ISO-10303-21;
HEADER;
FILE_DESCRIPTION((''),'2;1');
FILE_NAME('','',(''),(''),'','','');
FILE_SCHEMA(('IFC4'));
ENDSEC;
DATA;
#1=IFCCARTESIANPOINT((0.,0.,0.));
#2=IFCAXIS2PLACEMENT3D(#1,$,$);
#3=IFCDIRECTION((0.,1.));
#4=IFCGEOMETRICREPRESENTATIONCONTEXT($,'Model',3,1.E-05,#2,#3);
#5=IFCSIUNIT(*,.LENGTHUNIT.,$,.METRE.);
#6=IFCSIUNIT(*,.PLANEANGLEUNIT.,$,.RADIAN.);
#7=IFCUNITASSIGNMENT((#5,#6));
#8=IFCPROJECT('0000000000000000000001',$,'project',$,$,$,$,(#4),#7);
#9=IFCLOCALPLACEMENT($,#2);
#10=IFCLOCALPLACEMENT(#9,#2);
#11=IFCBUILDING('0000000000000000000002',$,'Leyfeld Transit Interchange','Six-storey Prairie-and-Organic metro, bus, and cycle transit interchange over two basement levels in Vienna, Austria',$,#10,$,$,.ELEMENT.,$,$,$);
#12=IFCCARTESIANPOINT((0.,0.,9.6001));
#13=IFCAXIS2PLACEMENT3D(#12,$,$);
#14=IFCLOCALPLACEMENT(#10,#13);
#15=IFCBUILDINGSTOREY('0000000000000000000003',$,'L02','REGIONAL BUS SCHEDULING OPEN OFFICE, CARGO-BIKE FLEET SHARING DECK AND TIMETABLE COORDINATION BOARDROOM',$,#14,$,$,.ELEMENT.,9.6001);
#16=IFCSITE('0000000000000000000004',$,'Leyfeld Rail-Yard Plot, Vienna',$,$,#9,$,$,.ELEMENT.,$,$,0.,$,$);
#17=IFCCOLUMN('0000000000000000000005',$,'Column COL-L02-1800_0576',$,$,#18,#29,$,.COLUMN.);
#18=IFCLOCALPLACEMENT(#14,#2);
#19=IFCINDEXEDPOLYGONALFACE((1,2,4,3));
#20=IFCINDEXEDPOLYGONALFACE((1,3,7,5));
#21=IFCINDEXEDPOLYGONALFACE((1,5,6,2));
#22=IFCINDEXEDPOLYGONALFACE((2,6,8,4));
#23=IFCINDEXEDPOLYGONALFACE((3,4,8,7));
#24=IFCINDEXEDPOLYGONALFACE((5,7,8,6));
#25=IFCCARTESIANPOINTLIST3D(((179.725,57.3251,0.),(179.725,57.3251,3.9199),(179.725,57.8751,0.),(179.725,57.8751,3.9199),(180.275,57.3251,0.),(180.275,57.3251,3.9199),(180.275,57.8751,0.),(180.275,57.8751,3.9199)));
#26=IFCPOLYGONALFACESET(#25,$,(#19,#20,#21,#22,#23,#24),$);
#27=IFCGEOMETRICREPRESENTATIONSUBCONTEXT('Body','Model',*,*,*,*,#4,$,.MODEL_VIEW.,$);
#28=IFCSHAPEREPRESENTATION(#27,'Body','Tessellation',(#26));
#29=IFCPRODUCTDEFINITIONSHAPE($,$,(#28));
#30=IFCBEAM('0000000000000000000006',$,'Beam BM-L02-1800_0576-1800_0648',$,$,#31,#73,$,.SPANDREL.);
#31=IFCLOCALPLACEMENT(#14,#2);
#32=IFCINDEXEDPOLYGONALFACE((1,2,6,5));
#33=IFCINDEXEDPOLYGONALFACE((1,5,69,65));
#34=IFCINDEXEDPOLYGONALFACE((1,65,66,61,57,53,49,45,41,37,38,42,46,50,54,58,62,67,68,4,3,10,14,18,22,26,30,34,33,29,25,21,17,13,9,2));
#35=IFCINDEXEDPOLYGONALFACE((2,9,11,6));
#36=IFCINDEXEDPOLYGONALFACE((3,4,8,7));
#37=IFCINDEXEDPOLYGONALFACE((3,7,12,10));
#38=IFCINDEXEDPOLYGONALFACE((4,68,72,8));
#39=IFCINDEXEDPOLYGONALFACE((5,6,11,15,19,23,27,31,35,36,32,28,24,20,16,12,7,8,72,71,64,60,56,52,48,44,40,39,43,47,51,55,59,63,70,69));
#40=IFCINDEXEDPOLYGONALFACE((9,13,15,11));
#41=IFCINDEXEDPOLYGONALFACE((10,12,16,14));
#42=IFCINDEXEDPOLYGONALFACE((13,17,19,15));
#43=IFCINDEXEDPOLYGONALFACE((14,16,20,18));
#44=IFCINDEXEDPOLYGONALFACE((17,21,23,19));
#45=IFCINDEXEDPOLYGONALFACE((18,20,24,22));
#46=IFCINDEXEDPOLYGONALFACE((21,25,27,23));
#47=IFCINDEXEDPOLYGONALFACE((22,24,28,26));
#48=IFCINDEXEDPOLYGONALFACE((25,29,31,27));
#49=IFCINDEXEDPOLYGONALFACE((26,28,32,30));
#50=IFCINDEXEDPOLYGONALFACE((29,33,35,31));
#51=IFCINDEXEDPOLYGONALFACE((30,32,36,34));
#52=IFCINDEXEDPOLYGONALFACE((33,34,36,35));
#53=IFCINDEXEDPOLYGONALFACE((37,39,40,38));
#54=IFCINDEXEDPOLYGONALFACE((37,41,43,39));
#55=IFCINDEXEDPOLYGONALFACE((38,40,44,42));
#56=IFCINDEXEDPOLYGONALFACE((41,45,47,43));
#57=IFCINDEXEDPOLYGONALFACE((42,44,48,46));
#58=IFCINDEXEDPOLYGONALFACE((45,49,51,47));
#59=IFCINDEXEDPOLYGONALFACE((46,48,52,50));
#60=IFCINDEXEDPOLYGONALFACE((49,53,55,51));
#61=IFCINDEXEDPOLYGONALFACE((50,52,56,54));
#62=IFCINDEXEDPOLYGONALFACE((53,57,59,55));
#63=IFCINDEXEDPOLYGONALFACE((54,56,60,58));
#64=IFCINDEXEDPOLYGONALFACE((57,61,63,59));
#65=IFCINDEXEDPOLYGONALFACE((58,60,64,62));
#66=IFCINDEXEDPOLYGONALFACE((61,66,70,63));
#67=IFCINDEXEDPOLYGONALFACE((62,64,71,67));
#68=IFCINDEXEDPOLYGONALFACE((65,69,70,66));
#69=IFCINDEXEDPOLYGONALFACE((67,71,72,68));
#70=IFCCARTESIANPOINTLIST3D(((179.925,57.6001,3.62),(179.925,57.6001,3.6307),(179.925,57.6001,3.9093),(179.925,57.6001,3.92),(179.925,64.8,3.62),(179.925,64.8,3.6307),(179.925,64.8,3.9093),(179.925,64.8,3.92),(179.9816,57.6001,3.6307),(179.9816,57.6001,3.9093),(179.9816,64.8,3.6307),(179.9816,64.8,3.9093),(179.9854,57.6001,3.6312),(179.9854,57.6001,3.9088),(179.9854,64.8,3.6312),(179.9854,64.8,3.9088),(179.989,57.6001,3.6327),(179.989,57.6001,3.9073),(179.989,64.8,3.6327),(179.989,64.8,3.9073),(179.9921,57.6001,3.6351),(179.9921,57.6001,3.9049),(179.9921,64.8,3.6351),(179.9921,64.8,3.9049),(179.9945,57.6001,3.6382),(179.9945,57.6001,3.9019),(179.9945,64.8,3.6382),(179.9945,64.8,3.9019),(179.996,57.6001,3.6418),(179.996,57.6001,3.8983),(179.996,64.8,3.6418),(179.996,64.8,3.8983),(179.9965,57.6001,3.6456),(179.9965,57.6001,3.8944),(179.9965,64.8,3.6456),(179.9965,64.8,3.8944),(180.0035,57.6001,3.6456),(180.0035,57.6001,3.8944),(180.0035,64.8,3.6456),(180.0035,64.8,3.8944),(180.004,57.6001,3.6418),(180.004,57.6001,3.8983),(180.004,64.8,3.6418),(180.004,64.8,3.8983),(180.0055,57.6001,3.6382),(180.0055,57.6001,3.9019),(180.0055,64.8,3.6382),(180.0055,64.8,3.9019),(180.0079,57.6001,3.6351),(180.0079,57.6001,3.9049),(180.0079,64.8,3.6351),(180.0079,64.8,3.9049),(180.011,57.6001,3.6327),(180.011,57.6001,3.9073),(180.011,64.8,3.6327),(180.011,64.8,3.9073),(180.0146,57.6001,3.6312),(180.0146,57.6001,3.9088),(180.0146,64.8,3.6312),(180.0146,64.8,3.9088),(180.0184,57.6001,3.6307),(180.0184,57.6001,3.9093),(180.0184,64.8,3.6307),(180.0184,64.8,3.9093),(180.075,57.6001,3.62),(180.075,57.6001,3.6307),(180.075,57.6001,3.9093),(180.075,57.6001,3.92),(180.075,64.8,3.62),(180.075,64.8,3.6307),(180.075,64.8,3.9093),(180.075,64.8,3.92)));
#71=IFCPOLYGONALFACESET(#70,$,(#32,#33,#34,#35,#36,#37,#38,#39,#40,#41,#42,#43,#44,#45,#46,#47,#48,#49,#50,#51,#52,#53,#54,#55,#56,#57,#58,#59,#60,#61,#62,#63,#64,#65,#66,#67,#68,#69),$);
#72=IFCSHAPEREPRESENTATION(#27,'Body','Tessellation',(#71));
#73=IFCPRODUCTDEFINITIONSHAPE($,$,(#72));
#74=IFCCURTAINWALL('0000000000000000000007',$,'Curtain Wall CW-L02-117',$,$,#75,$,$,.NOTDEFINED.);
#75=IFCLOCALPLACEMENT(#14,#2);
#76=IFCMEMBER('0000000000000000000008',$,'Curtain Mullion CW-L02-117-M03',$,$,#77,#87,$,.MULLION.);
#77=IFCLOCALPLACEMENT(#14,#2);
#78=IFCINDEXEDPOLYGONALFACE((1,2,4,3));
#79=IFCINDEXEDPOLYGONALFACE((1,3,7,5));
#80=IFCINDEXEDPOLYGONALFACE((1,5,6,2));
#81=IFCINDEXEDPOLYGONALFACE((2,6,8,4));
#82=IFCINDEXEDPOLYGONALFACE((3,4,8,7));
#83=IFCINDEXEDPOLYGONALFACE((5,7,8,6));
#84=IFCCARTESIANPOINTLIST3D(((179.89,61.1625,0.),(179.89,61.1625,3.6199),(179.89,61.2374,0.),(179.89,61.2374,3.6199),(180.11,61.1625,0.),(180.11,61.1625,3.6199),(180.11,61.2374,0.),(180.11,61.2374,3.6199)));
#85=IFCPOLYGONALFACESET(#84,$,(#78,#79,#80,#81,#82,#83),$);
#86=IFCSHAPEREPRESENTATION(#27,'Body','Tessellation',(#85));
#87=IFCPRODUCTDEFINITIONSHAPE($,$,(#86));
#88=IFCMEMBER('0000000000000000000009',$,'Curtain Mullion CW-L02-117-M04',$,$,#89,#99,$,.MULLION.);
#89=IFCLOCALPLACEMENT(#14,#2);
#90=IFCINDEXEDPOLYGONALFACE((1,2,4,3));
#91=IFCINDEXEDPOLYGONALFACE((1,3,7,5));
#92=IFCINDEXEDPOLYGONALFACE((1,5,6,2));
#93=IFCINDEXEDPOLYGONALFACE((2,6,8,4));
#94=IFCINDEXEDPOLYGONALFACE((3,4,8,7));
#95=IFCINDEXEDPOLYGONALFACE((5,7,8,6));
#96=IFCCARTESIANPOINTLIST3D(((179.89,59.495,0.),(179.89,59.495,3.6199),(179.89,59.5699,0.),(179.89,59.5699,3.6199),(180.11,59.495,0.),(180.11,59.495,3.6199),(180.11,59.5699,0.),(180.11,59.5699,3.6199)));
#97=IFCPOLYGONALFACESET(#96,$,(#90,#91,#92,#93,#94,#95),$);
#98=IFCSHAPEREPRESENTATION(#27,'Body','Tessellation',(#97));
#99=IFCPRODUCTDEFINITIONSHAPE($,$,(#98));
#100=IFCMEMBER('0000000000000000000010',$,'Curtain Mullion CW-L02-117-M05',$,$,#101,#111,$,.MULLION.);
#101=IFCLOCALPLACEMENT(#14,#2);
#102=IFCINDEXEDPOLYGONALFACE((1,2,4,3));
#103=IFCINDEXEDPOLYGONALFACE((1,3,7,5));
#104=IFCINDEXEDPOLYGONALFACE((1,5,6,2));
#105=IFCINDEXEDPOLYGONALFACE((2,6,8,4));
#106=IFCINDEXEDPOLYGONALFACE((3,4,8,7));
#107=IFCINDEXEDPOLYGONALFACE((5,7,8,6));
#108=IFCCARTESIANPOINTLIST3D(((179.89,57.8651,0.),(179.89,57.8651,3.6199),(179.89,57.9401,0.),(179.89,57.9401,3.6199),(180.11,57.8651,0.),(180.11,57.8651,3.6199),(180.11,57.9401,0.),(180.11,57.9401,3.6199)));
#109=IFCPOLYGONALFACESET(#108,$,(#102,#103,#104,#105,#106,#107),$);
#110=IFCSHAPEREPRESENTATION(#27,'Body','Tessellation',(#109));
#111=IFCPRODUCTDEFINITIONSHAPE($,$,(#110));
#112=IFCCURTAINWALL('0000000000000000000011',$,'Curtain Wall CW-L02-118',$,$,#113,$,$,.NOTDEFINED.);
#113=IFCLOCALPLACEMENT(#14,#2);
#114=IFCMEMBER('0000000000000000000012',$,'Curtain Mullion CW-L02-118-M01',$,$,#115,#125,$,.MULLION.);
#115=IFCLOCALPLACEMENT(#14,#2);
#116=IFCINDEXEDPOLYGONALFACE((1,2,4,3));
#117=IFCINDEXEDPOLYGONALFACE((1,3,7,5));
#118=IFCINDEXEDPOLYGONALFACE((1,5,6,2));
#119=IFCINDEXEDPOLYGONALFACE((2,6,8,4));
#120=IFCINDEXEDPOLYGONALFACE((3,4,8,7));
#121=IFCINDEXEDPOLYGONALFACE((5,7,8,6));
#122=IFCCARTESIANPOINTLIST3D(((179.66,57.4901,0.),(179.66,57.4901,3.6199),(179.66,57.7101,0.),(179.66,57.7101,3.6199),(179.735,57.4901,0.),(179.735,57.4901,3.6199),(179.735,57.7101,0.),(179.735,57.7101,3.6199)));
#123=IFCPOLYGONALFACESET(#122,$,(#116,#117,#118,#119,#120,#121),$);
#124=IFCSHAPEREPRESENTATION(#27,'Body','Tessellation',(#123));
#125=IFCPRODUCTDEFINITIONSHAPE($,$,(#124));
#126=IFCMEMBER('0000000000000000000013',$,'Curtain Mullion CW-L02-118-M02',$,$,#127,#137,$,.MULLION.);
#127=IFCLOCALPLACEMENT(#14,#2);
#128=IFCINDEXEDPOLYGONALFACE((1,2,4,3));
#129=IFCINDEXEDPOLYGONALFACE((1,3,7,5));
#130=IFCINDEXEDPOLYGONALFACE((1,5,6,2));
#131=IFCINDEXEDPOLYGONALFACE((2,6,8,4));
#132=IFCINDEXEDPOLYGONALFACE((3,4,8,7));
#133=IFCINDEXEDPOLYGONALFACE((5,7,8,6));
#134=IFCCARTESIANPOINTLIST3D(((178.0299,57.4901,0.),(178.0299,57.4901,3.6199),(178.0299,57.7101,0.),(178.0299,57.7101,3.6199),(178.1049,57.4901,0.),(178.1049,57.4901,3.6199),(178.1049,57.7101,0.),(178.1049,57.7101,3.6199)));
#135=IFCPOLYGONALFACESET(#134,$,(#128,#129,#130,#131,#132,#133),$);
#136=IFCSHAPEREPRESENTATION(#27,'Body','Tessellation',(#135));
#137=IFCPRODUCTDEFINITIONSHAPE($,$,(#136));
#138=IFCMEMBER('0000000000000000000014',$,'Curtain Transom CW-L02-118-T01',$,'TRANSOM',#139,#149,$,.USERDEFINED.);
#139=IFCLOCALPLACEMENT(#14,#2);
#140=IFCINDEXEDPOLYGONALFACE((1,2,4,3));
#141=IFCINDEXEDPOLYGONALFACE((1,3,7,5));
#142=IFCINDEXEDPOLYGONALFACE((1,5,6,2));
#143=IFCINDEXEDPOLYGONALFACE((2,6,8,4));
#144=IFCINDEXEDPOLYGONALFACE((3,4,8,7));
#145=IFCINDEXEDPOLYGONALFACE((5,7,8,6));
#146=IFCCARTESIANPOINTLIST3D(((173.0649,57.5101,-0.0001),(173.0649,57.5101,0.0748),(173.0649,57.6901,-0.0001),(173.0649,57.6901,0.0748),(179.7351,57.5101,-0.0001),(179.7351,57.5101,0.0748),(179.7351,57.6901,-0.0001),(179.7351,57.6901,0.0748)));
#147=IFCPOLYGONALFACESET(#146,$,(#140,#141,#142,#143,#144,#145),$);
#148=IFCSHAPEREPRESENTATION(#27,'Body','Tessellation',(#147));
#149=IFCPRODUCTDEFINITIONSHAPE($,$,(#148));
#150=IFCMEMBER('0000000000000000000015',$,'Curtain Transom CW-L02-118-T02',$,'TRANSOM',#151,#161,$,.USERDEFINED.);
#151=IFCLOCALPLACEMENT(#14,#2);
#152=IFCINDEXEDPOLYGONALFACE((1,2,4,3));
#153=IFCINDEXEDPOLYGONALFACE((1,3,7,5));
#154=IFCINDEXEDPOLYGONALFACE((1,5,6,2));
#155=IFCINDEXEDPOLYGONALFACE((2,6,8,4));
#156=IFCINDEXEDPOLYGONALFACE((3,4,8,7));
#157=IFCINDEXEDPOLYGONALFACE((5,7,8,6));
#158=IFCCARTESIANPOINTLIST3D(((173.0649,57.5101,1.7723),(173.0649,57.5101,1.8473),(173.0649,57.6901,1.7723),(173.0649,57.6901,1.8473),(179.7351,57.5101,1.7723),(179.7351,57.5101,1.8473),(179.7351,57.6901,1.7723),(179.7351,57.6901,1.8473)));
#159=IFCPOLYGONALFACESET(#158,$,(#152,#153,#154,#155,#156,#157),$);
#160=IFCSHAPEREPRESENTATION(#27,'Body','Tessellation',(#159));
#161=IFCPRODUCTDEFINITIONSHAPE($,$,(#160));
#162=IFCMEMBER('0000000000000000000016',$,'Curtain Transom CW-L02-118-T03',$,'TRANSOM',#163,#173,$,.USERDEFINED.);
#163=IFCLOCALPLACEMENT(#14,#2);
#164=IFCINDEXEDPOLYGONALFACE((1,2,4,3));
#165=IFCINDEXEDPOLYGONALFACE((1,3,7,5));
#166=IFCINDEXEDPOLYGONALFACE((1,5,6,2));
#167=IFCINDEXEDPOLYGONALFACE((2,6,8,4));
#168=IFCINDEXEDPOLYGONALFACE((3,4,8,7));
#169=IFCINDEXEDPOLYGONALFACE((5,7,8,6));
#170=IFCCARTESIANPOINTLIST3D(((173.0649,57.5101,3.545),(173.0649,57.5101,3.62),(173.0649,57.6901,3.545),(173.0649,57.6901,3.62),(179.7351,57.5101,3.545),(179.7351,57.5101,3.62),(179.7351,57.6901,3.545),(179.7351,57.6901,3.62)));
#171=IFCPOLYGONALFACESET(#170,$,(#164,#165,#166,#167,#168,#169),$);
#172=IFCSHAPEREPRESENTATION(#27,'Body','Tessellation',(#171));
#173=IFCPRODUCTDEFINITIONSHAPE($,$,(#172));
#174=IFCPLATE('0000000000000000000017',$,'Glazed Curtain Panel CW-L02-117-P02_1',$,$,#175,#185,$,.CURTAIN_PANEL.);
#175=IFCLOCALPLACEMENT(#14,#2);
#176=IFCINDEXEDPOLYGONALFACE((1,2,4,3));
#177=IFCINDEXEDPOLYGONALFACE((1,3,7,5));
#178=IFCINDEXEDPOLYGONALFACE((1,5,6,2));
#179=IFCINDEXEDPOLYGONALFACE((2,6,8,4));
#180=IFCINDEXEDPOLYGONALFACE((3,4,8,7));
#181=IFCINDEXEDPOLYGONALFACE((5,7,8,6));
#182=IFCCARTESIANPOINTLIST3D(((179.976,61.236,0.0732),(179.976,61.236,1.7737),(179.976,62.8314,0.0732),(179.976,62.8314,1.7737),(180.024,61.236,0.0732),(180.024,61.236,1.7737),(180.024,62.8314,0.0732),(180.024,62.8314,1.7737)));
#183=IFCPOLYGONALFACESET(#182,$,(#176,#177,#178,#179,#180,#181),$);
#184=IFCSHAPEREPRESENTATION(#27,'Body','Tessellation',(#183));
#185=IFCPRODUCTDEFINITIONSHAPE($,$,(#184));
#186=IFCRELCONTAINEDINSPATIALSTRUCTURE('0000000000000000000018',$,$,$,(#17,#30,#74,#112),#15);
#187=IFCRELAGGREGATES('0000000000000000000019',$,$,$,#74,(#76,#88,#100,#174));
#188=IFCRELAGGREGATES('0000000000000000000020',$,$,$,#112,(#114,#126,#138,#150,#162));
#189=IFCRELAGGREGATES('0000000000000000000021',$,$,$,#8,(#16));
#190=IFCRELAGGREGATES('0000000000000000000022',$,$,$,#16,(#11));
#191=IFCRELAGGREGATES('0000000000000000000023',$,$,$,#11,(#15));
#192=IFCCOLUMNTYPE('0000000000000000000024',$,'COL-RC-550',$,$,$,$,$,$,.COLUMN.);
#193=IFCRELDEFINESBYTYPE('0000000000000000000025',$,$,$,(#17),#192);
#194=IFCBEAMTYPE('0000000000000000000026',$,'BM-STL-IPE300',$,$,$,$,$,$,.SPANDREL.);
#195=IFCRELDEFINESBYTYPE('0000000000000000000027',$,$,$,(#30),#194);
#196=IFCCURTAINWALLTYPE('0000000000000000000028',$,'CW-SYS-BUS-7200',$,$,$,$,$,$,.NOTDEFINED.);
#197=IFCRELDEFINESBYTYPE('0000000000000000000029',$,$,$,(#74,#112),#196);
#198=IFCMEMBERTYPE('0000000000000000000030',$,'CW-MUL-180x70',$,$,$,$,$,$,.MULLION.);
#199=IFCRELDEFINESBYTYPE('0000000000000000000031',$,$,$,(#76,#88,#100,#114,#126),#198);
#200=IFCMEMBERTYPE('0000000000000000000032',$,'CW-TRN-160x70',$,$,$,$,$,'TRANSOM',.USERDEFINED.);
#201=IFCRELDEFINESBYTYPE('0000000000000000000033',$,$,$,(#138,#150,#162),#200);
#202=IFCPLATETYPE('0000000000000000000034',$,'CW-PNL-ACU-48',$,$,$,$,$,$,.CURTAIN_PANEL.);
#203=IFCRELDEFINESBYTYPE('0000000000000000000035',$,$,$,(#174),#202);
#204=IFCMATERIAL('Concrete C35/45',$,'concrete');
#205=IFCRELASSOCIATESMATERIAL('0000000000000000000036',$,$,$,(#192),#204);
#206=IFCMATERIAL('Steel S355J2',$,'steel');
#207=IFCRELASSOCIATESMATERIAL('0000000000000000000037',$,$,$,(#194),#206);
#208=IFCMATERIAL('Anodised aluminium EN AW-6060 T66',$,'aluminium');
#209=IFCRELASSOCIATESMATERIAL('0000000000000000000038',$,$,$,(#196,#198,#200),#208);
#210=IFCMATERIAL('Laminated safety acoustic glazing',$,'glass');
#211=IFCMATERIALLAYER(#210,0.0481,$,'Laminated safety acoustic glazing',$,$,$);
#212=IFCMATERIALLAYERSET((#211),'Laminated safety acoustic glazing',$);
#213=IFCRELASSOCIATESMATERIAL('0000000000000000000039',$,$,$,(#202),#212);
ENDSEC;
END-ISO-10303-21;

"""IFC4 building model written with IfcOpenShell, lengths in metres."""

from ifc_helpers import new_model, si_unit, direction, frame, origin, origin_2d, place, context, subcontext, project, spatial, rectangle, i_section, extrude, material, layer, layer_set, material_profile, profile_set, type_object, element, aggregate, save


model = new_model("IFC4")

# Units and contexts
model_context = context("Model", 3, precision=1e-05, world=origin(), true_north=direction((0.0, 1.0)))
body_context = subcontext(model_context, "Body", "Model", "MODEL_VIEW")
ifc_project = project(units=[si_unit("LENGTHUNIT", "METRE"), si_unit("PLANEANGLEUNIT", "RADIAN")], contexts=[model_context])

# Site, building, storey
site_placement = place(None, origin())
site = spatial("IfcSite", under=ifc_project, at=site_placement, Name="Leyfeld Rail-Yard Plot, Vienna", CompositionType="ELEMENT", RefElevation=0.0)
building_placement = place(site_placement, origin())
building = spatial("IfcBuilding", under=site, at=building_placement, Name="Leyfeld Transit Interchange", Description="Six-storey Prairie-and-Organic metro, bus, and cycle transit interchange over two basement levels in Vienna, Austria", CompositionType="ELEMENT")
storey_placement = place(building_placement, frame((0.0, 0.0, 9.6001)))
storey = spatial("IfcBuildingStorey", under=building, at=storey_placement, Name="L02", Description="REGIONAL BUS SCHEDULING OPEN OFFICE, CARGO-BIKE FLEET SHARING DECK AND TIMETABLE COORDINATION BOARDROOM", CompositionType="ELEMENT", Elevation=9.6001)

# Column
ifc_material_1 = material(Name="Concrete C35/45", Category="concrete")
ifc_material_profile_1 = material_profile(ifc_material_1, rectangle(XDim=0.55, YDim=0.55, at=origin_2d()), Name="RC 550x550")
ifc_profile_set_1 = profile_set([ifc_material_profile_1], Name="Concrete C35/45")
column_type = type_object("IfcColumnType", Name="COL-RC-550", PredefinedType="COLUMN", material=ifc_profile_set_1)
column_placement = place(storey_placement, frame((180.0, 57.6001, 0.0), z_axis=(0.0, 0.0, 1.0), x_axis=(1.0, 0.0, 0.0)))
element("IfcColumn", 1, at=column_placement, inside=storey, type_object=column_type, Name="Column COL-L02-1800_0576", PredefinedType="COLUMN", context=body_context, shape_type="SweptSolid", body=[
    extrude(rectangle(XDim=0.55, YDim=0.55, at=origin_2d()), origin(), (0.0, 0.0, 1.0), 3.9199),
])

# Beam
ifc_material_2 = material(Name="Steel S355J2", Category="steel")
ifc_material_profile_2 = material_profile(ifc_material_2, i_section(OverallWidth=0.1499, OverallDepth=0.3, WebThickness=0.0071, FlangeThickness=0.0107, FilletRadius=0.0149, at=origin_2d()), Name="IPE 300")
ifc_profile_set_2 = profile_set([ifc_material_profile_2], Name="Steel S355J2")
beam_type = type_object("IfcBeamType", Name="BM-STL-IPE300", PredefinedType="SPANDREL", material=ifc_profile_set_2)
beam_placement = place(storey_placement, frame((180.0, 57.6001, 3.77), z_axis=(0.0, 1.0, 0.0), x_axis=(-1.0, 0.0, 0.0)))
element("IfcBeam", 2, at=beam_placement, inside=storey, type_object=beam_type, Name="Beam BM-L02-1800_0576-1800_0648", PredefinedType="SPANDREL", context=body_context, shape_type="SweptSolid", body=[
    extrude(i_section(OverallWidth=0.1499, OverallDepth=0.3, WebThickness=0.0071, FlangeThickness=0.0107, FilletRadius=0.0149, at=origin_2d()), origin(), (0.0, 0.0, 1.0), 7.2),
])

# Curtain walls, members
ifc_material_3 = material(Name="Anodised aluminium EN AW-6060 T66", Category="aluminium")
curtain_wall_type = type_object("IfcCurtainWallType", Name="CW-SYS-BUS-7200", PredefinedType="NOTDEFINED", material=ifc_material_3)
curtain_wall_1_placement = place(storey_placement, origin())
curtain_wall_1 = element("IfcCurtainWall", 3, at=curtain_wall_1_placement, inside=storey, type_object=curtain_wall_type, Name="Curtain Wall CW-L02-117", PredefinedType="NOTDEFINED")
ifc_material_profile_3 = material_profile(ifc_material_3, rectangle(XDim=0.075, YDim=0.22, at=origin_2d()), Name="CW-M 75x220")
ifc_profile_set_3 = profile_set([ifc_material_profile_3], Name="Anodised aluminium EN AW-6060 T66")
member_type_1 = type_object("IfcMemberType", Name="CW-MUL-180x70", PredefinedType="MULLION", material=ifc_profile_set_3)
member_1_placement = place(storey_placement, frame((180.0, 61.2, 0.0), z_axis=(0.0, 0.0, 1.0), x_axis=(0.0, -1.0, 0.0)))
member_1 = element("IfcMember", 4, at=member_1_placement, type_object=member_type_1, Name="Curtain Mullion CW-L02-117-M03", PredefinedType="MULLION", context=body_context, shape_type="SweptSolid", body=[
    extrude(rectangle(XDim=0.075, YDim=0.22, at=origin_2d()), origin(), (0.0, 0.0, 1.0), 3.6199),
])
member_2_placement = place(storey_placement, frame((180.0, 59.5325, 0.0), z_axis=(0.0, 0.0, 1.0), x_axis=(0.0, -1.0, 0.0)))
member_2 = element("IfcMember", 5, at=member_2_placement, type_object=member_type_1, Name="Curtain Mullion CW-L02-117-M04", PredefinedType="MULLION", context=body_context, shape_type="SweptSolid", body=[
    extrude(rectangle(XDim=0.075, YDim=0.22, at=origin_2d()), origin(), (0.0, 0.0, 1.0), 3.6199),
])
member_3_placement = place(storey_placement, frame((180.0, 57.9026, 0.0), z_axis=(0.0, 0.0, 1.0), x_axis=(0.0, -1.0, 0.0)))
member_3 = element("IfcMember", 6, at=member_3_placement, type_object=member_type_1, Name="Curtain Mullion CW-L02-117-M05", PredefinedType="MULLION", context=body_context, shape_type="SweptSolid", body=[
    extrude(rectangle(XDim=0.075, YDim=0.22, at=origin_2d()), origin(), (0.0, 0.0, 1.0), 3.6199),
])
curtain_wall_2_placement = place(storey_placement, origin())
curtain_wall_2 = element("IfcCurtainWall", 7, at=curtain_wall_2_placement, inside=storey, type_object=curtain_wall_type, Name="Curtain Wall CW-L02-118", PredefinedType="NOTDEFINED")
member_4_placement = place(storey_placement, frame((179.6975, 57.6001, 0.0), z_axis=(0.0, 0.0, 1.0), x_axis=(-1.0, 0.0, 0.0)))
member_4 = element("IfcMember", 8, at=member_4_placement, type_object=member_type_1, Name="Curtain Mullion CW-L02-118-M01", PredefinedType="MULLION", context=body_context, shape_type="SweptSolid", body=[
    extrude(rectangle(XDim=0.075, YDim=0.22, at=origin_2d()), origin(), (0.0, 0.0, 1.0), 3.6199),
])
member_5_placement = place(storey_placement, frame((178.0674, 57.6001, 0.0), z_axis=(0.0, 0.0, 1.0), x_axis=(-1.0, 0.0, 0.0)))
member_5 = element("IfcMember", 9, at=member_5_placement, type_object=member_type_1, Name="Curtain Mullion CW-L02-118-M02", PredefinedType="MULLION", context=body_context, shape_type="SweptSolid", body=[
    extrude(rectangle(XDim=0.075, YDim=0.22, at=origin_2d()), origin(), (0.0, 0.0, 1.0), 3.6199),
])
ifc_material_profile_4 = material_profile(ifc_material_3, rectangle(XDim=0.1799, YDim=0.075, at=origin_2d()), Name="CW-TRN-160x70")
ifc_profile_set_4 = profile_set([ifc_material_profile_4], Name="Anodised aluminium EN AW-6060 T66")
member_type_2 = type_object("IfcMemberType", Name="CW-TRN-160x70", ElementType="TRANSOM", PredefinedType="USERDEFINED", material=ifc_profile_set_4)
member_6_placement = place(storey_placement, frame((179.7351, 57.6001, 0.0374), z_axis=(-1.0, 0.0, 0.0), x_axis=(0.0, -1.0, 0.0)))
member_6 = element("IfcMember", 10, at=member_6_placement, type_object=member_type_2, Name="Curtain Transom CW-L02-118-T01", ObjectType="TRANSOM", PredefinedType="USERDEFINED", context=body_context, shape_type="SweptSolid", body=[
    extrude(rectangle(XDim=0.1799, YDim=0.075, at=origin_2d()), origin(), (0.0, 0.0, 1.0), 6.6702),
])
member_7_placement = place(storey_placement, frame((179.7351, 57.6001, 1.8098), z_axis=(-1.0, 0.0, 0.0), x_axis=(0.0, -1.0, 0.0)))
member_7 = element("IfcMember", 11, at=member_7_placement, type_object=member_type_2, Name="Curtain Transom CW-L02-118-T02", ObjectType="TRANSOM", PredefinedType="USERDEFINED", context=body_context, shape_type="SweptSolid", body=[
    extrude(rectangle(XDim=0.1799, YDim=0.075, at=origin_2d()), origin(), (0.0, 0.0, 1.0), 6.6702),
])
member_8_placement = place(storey_placement, frame((179.7351, 57.6001, 3.5825), z_axis=(-1.0, 0.0, 0.0), x_axis=(0.0, -1.0, 0.0)))
member_8 = element("IfcMember", 12, at=member_8_placement, type_object=member_type_2, Name="Curtain Transom CW-L02-118-T03", ObjectType="TRANSOM", PredefinedType="USERDEFINED", context=body_context, shape_type="SweptSolid", body=[
    extrude(rectangle(XDim=0.1799, YDim=0.075, at=origin_2d()), origin(), (0.0, 0.0, 1.0), 6.6702),
])

# Plate
ifc_material_4 = material(Name="Laminated safety acoustic glazing", Category="glass")
ifc_layer_1 = layer(ifc_material_4, 0.0481, Name="Laminated safety acoustic glazing")
ifc_layer_set_1 = layer_set([ifc_layer_1], Name="Laminated safety acoustic glazing")
plate_type = type_object("IfcPlateType", Name="CW-PNL-ACU-48", PredefinedType="CURTAIN_PANEL", material=ifc_layer_set_1)
plate_1_placement = place(storey_placement, frame((180.0, 62.0337, 0.0732), z_axis=(0.0, 0.0, 1.0), x_axis=(0.0, -1.0, 0.0)))
plate_1 = element("IfcPlate", 13, at=plate_1_placement, type_object=plate_type, Name="Glazed Curtain Panel CW-L02-117-P02_1", PredefinedType="CURTAIN_PANEL", context=body_context, shape_type="SweptSolid", body=[
    extrude(rectangle(XDim=1.5955, YDim=0.0481, at=origin_2d()), origin(), (0.0, 0.0, 1.0), 1.7004),
])
aggregate(curtain_wall_1, [member_1, member_2, member_3, plate_1])
aggregate(curtain_wall_2, [member_4, member_5, member_6, member_7, member_8])

save(model, "model.ifc")
